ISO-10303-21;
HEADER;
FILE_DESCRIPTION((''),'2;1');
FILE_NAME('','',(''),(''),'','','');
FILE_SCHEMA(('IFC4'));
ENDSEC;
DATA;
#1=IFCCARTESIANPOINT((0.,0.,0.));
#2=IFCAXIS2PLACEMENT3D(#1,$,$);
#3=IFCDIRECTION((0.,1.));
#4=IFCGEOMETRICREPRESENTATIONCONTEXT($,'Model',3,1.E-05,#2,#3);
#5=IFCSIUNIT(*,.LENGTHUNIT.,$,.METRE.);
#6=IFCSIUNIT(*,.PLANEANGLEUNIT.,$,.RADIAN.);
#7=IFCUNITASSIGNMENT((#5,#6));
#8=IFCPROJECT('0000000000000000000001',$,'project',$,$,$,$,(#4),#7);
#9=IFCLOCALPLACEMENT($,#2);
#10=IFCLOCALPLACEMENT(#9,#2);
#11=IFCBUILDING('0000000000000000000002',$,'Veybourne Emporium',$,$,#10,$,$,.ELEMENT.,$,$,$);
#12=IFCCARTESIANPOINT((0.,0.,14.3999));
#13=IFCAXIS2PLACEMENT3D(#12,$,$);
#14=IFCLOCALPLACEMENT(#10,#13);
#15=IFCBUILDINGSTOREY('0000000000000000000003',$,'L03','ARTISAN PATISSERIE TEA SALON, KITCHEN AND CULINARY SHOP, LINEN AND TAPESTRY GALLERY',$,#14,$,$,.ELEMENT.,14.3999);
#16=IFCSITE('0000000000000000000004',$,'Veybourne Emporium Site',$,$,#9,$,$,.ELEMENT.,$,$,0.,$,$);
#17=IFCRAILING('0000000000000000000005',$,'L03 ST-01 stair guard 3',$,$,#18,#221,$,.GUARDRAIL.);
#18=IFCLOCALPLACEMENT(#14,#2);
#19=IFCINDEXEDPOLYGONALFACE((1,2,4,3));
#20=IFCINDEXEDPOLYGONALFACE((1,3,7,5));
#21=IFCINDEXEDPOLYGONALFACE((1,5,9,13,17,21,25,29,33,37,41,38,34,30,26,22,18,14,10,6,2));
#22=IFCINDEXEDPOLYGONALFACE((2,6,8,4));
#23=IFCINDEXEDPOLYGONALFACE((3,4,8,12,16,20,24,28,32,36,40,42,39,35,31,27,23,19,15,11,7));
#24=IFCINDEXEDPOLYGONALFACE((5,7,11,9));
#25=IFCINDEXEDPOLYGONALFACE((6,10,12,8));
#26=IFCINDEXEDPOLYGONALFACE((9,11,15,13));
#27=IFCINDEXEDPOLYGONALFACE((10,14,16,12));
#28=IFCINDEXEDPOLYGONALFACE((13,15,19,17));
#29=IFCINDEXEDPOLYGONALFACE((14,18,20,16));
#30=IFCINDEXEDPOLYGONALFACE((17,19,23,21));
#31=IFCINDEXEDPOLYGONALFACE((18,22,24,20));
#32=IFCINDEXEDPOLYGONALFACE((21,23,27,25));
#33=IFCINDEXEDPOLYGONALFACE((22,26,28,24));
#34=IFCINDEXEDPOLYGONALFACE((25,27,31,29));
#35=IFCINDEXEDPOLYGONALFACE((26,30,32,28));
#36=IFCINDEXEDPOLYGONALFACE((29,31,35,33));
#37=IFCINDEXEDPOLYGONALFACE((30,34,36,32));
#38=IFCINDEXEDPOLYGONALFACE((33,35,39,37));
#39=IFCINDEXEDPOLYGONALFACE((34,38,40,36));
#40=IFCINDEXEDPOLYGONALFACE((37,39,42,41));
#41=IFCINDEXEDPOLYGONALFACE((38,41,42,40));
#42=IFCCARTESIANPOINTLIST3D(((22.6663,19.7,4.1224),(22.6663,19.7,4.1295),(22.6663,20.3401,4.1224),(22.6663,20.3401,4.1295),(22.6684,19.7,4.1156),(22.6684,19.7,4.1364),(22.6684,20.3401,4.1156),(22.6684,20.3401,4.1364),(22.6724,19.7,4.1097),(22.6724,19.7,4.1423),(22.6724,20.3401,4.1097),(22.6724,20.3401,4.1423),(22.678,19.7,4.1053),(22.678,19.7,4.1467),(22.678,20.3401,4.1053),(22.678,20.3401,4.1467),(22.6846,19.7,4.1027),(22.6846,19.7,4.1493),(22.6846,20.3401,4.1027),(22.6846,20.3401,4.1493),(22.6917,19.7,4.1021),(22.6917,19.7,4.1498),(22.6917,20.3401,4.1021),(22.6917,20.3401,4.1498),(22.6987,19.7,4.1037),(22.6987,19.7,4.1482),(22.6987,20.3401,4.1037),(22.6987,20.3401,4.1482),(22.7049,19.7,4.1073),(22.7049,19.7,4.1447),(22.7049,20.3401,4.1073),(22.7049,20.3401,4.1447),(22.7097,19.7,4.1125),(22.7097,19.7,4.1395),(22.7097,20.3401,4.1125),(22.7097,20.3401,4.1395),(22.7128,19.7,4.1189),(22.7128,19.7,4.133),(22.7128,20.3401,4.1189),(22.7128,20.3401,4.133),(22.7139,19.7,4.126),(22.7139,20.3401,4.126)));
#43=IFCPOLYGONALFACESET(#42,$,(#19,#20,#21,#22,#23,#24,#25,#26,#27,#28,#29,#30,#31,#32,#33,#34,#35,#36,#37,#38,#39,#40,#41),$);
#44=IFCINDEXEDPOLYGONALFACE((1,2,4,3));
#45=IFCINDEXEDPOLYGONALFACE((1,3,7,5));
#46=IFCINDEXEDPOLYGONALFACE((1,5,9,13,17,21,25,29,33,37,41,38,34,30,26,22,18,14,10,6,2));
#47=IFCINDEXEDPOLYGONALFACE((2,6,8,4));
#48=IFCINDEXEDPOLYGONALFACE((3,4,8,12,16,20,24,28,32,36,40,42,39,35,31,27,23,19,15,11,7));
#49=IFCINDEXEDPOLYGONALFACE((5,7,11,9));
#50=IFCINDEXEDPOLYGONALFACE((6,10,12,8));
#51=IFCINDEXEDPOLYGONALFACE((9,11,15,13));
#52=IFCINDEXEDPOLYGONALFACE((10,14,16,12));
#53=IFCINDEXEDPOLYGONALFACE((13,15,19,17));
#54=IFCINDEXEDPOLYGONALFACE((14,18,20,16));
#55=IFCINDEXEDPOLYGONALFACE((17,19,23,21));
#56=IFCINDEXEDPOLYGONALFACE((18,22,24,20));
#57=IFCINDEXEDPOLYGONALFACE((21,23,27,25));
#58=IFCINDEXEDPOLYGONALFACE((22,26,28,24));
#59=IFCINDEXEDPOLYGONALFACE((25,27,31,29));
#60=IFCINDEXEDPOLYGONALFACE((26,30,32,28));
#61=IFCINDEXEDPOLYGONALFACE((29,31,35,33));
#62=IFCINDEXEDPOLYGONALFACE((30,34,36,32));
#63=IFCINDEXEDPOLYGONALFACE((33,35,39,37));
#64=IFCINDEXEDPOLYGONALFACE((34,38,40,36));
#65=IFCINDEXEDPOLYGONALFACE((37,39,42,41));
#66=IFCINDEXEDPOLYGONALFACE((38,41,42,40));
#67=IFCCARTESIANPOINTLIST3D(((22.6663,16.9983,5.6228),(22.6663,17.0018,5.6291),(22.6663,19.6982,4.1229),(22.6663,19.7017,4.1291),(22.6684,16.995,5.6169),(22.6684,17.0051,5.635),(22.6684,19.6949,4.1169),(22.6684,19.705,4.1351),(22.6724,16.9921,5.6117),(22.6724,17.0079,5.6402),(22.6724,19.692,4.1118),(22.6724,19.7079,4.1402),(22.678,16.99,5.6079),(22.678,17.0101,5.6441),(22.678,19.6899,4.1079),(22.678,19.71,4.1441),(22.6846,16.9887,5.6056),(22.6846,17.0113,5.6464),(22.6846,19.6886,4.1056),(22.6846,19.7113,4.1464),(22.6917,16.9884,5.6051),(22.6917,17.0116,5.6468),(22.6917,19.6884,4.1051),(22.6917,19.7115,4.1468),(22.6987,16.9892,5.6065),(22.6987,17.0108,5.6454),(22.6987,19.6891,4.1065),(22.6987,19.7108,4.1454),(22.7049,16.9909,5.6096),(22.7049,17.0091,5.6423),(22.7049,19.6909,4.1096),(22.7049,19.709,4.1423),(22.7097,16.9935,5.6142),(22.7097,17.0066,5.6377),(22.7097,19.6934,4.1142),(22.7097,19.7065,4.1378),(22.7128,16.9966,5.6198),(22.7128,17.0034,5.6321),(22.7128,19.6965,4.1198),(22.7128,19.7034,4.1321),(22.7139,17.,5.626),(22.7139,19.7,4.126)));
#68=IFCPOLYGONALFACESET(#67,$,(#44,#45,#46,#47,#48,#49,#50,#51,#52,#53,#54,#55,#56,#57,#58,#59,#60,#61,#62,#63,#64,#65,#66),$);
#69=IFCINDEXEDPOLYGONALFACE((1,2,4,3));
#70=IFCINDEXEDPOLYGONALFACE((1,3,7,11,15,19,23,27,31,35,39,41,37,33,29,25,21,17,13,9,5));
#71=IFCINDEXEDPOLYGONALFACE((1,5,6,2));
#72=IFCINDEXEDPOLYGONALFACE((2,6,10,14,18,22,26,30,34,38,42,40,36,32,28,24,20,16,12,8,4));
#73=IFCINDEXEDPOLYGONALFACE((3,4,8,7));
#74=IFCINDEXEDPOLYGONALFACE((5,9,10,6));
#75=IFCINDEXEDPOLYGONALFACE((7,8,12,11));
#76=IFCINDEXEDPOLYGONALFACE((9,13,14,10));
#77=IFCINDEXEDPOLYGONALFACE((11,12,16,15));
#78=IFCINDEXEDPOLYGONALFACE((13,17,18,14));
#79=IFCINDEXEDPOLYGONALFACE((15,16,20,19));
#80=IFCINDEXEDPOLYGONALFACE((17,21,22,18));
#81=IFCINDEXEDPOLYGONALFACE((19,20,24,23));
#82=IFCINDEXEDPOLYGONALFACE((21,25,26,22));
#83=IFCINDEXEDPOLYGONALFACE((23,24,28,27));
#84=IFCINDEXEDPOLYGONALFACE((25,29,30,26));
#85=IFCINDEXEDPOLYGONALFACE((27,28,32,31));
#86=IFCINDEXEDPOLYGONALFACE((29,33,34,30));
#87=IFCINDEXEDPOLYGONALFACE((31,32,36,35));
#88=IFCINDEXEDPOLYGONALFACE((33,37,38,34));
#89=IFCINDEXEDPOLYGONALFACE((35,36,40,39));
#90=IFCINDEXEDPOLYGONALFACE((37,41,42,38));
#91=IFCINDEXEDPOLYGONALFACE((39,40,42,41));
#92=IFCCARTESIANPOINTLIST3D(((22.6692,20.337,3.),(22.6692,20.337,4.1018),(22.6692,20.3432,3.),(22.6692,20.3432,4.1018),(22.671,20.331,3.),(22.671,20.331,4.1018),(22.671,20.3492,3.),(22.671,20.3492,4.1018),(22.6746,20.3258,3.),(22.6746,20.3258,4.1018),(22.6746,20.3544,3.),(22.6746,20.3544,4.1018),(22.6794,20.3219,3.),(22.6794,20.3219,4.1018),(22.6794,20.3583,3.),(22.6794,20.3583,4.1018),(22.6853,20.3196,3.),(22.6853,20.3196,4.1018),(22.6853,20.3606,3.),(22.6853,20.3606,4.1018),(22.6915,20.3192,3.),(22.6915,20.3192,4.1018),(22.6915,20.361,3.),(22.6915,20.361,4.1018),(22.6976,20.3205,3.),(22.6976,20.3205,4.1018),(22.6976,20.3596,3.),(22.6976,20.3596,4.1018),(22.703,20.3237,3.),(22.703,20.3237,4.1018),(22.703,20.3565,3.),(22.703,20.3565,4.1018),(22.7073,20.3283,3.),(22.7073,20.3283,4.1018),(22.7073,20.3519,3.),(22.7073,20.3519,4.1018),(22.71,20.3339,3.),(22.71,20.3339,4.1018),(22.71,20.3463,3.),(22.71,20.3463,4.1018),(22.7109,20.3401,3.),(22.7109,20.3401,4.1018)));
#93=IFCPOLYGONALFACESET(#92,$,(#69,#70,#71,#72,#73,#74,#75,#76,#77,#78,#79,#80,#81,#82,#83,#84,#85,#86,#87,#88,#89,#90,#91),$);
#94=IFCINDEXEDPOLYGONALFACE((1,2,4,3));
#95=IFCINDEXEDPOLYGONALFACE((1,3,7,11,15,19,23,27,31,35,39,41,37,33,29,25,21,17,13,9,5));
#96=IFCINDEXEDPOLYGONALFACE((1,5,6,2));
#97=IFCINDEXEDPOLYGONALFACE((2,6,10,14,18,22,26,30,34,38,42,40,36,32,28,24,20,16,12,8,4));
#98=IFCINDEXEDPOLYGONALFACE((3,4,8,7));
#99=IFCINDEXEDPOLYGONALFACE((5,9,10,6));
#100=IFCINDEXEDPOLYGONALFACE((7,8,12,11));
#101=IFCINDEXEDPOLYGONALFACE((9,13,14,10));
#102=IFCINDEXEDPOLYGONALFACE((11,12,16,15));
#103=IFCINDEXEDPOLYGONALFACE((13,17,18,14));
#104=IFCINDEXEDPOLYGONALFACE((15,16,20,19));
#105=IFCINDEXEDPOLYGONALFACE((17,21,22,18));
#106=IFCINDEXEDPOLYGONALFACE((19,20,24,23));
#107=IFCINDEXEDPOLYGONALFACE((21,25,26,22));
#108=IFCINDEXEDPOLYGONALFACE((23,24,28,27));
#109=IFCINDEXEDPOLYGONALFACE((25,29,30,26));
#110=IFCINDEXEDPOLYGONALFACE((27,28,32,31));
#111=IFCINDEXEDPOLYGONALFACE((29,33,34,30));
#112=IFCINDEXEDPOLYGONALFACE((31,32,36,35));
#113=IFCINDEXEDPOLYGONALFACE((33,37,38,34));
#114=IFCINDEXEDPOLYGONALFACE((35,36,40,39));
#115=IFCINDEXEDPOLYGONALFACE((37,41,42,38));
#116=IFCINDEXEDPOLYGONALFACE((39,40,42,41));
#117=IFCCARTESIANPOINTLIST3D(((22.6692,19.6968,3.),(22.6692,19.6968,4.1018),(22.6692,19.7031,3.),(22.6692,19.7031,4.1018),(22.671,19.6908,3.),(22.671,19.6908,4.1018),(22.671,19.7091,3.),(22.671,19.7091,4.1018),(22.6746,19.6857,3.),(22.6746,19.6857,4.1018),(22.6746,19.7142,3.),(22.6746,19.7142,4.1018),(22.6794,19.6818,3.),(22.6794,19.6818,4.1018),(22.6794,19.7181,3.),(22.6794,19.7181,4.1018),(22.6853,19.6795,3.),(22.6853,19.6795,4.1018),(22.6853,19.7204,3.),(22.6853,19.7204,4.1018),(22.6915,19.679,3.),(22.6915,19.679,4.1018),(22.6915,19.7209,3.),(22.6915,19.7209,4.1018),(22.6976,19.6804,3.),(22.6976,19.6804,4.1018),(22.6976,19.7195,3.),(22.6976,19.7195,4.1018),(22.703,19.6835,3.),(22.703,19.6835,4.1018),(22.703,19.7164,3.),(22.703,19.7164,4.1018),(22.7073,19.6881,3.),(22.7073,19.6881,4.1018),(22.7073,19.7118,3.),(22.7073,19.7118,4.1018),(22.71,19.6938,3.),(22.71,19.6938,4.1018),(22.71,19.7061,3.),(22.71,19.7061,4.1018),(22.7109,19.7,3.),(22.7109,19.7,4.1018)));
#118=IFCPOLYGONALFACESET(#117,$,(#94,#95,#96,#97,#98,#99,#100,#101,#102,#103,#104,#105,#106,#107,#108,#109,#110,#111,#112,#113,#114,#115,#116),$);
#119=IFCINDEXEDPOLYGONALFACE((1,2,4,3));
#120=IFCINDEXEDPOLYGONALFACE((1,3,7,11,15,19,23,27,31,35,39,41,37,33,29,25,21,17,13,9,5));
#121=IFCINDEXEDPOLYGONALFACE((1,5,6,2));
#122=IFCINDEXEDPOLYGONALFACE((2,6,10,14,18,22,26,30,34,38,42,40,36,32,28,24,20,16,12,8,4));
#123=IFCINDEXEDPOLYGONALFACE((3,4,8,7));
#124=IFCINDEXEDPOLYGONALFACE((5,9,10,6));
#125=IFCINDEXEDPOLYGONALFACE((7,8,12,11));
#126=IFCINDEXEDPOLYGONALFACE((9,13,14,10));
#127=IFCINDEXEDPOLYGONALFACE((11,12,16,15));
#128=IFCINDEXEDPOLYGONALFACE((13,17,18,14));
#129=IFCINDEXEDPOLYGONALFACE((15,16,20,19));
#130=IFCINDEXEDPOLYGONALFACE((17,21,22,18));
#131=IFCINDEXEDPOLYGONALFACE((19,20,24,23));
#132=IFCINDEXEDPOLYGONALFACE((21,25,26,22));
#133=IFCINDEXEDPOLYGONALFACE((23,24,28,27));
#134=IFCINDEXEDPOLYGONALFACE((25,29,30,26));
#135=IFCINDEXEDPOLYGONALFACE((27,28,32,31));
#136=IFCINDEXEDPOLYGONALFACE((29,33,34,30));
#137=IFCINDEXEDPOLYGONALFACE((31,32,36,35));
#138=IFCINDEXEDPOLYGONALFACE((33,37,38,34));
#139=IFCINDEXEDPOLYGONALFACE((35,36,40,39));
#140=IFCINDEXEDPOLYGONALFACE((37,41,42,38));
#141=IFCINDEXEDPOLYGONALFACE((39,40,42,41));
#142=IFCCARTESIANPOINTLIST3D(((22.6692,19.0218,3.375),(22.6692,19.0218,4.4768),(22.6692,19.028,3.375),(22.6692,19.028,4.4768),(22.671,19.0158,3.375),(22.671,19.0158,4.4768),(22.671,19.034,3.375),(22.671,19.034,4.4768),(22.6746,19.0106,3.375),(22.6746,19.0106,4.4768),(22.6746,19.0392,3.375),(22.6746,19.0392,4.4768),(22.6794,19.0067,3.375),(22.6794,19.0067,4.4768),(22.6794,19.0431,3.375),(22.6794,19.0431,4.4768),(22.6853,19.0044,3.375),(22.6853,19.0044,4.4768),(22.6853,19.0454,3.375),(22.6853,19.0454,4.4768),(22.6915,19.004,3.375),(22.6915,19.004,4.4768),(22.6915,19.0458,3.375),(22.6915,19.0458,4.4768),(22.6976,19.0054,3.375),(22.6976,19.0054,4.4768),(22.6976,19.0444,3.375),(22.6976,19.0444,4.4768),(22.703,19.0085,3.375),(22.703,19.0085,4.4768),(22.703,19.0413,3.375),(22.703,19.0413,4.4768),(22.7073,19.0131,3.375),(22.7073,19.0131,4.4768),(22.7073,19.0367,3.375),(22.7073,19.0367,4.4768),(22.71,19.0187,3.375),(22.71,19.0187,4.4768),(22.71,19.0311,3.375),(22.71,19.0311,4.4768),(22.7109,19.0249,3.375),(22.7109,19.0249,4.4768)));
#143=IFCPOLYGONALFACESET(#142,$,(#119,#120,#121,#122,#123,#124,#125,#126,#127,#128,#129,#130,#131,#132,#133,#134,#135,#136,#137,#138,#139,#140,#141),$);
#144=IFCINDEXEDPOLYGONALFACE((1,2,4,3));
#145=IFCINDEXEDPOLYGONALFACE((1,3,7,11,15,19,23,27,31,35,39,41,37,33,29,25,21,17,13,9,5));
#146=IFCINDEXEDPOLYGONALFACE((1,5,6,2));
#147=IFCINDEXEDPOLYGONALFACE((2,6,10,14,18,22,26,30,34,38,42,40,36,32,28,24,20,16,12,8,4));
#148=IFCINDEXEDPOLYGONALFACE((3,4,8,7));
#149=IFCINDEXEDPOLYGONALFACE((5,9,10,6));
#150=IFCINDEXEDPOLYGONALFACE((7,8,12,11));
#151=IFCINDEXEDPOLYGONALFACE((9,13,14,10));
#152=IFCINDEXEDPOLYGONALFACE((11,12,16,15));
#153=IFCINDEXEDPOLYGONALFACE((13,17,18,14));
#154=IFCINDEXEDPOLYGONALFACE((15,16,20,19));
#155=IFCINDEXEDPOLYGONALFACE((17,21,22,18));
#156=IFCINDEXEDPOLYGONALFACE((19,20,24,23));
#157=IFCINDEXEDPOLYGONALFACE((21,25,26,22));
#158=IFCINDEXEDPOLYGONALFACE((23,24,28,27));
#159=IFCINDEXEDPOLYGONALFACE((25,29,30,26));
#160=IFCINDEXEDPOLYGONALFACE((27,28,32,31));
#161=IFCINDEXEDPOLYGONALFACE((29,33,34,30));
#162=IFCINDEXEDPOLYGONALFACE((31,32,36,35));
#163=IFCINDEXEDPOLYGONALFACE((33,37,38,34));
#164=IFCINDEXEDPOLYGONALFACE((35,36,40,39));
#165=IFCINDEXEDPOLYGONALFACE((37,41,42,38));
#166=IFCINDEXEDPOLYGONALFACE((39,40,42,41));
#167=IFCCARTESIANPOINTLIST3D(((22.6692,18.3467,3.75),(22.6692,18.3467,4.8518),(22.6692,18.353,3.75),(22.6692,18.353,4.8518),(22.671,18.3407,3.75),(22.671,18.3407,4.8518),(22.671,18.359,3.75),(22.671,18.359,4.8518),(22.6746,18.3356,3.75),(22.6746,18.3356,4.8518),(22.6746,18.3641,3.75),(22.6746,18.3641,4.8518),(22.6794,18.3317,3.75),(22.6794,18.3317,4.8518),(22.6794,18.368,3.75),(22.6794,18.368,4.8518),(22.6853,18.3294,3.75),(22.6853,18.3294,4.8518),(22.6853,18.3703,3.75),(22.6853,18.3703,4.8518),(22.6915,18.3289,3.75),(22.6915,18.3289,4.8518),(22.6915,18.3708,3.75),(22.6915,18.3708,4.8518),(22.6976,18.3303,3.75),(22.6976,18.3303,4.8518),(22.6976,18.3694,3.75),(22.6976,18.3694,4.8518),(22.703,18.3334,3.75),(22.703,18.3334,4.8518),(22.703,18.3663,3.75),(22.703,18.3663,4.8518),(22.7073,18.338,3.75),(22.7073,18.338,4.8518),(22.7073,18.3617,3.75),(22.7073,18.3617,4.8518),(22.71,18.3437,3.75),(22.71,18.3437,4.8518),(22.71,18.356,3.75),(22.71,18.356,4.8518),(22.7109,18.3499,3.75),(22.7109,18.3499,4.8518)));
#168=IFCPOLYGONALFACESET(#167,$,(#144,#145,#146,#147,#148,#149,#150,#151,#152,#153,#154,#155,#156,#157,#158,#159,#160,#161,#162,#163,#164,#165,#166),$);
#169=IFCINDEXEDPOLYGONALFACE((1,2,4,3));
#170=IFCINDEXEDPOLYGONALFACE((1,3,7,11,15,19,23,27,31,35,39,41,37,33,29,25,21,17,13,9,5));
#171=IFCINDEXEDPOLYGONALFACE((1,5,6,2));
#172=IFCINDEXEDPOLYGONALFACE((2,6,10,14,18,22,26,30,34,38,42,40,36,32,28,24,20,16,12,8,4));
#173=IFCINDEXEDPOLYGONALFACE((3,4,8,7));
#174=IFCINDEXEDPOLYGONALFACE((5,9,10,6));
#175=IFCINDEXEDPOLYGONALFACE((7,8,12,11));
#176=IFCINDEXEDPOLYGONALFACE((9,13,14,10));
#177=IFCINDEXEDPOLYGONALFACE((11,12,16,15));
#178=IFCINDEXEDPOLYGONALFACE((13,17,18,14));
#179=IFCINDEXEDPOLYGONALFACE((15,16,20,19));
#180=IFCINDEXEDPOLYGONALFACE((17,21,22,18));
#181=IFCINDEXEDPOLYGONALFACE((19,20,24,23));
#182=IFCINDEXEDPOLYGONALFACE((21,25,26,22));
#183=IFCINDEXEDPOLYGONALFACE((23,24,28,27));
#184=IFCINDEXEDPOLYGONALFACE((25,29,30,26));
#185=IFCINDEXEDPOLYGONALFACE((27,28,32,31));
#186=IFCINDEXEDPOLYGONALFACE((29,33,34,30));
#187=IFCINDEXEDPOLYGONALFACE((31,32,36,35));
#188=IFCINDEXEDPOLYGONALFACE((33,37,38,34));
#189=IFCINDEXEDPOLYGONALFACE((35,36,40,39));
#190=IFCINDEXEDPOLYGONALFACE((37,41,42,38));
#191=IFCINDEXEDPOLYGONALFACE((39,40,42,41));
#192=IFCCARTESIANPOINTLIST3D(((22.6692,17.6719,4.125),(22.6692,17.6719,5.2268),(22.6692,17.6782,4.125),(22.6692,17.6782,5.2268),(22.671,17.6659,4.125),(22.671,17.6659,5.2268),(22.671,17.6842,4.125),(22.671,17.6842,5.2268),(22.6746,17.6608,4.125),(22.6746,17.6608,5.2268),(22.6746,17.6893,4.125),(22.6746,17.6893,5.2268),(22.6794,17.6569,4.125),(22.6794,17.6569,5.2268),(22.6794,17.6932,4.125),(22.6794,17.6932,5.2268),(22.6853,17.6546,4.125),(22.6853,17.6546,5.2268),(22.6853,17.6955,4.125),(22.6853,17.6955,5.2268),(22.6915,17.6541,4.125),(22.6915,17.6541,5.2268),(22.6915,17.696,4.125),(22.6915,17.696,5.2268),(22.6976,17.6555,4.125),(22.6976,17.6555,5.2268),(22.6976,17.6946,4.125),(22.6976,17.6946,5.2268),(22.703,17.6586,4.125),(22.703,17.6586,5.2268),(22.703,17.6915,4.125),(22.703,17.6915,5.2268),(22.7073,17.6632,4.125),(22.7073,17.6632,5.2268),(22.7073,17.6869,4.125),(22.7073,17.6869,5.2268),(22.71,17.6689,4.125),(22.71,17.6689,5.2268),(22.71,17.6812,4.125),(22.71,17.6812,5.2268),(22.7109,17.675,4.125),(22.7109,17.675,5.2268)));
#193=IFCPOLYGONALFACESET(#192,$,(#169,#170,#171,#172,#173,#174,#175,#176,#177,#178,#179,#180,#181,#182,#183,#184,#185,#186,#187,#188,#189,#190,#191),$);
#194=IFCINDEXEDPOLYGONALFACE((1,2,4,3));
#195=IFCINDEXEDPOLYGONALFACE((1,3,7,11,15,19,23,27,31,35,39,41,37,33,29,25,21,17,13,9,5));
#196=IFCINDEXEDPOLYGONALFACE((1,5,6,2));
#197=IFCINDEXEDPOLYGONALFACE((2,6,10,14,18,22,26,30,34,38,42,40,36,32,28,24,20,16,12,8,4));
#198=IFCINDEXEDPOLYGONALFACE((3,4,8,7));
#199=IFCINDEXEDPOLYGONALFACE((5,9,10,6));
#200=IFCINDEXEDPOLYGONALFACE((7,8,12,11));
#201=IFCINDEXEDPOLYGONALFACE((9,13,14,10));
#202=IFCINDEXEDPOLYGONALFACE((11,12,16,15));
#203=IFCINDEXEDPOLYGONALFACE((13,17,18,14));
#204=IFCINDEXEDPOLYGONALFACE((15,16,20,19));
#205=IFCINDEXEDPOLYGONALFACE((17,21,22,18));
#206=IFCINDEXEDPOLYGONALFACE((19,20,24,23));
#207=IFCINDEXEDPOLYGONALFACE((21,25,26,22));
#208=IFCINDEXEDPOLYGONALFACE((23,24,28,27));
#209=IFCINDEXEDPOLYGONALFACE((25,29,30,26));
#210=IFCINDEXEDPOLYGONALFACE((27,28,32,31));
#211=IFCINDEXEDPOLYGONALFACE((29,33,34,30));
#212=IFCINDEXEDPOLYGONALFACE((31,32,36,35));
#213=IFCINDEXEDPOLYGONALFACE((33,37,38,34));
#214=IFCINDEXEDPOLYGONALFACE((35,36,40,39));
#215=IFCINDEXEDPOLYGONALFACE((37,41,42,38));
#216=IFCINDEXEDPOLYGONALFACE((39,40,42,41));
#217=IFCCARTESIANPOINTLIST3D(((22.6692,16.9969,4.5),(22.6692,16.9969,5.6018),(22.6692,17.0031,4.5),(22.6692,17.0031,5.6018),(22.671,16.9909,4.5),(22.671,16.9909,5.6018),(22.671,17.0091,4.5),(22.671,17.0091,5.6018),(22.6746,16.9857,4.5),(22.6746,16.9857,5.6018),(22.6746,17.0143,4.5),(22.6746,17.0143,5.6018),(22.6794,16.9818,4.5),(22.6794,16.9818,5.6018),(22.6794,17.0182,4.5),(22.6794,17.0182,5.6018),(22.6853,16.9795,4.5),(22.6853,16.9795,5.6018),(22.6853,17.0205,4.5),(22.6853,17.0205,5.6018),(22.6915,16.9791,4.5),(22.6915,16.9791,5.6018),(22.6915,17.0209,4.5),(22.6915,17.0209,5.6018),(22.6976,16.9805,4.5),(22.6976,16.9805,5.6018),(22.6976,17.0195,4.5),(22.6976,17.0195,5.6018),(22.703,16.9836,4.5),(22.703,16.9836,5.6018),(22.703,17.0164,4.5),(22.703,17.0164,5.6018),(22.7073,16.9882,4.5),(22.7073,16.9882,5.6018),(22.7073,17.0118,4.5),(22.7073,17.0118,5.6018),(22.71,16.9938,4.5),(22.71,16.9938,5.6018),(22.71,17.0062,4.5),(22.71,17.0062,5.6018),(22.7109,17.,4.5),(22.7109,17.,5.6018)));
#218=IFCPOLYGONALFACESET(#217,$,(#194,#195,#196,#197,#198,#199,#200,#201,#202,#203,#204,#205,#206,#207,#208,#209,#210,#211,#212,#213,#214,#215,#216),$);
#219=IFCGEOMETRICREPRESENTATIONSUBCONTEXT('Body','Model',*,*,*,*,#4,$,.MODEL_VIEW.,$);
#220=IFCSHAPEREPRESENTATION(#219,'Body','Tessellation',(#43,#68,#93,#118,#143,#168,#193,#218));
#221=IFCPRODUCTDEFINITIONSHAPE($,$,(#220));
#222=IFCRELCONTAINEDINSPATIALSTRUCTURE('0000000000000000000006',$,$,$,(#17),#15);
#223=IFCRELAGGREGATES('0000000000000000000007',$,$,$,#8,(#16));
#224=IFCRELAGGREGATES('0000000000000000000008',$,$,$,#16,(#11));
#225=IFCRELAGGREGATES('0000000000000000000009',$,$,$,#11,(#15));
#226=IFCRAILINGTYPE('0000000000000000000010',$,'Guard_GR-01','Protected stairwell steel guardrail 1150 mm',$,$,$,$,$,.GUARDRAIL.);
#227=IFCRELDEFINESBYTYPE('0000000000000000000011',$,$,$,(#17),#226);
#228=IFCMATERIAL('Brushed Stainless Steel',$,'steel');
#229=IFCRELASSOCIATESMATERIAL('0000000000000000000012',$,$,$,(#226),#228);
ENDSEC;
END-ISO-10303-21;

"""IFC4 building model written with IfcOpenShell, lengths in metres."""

from ifc_helpers import new_model, si_unit, direction, frame, origin, origin_2d, place, context, subcontext, project, spatial, circle, extrude, material, type_object, element, save


model = new_model("IFC4")

# Units and contexts
model_context = context("Model", 3, precision=1e-05, world=origin(), true_north=direction((0.0, 1.0)))
body_context = subcontext(model_context, "Body", "Model", "MODEL_VIEW")
ifc_project = project(units=[si_unit("LENGTHUNIT", "METRE"), si_unit("PLANEANGLEUNIT", "RADIAN")], contexts=[model_context])

# Site, building, storey
site_placement = place(None, origin())
site = spatial("IfcSite", under=ifc_project, at=site_placement, Name="Veybourne Emporium Site", CompositionType="ELEMENT", RefElevation=0.0)
building_placement = place(site_placement, origin())
building = spatial("IfcBuilding", under=site, at=building_placement, Name="Veybourne Emporium", CompositionType="ELEMENT")
storey_placement = place(building_placement, frame((0.0, 0.0, 14.3999)))
storey = spatial("IfcBuildingStorey", under=building, at=storey_placement, Name="L03", Description="ARTISAN PATISSERIE TEA SALON, KITCHEN AND CULINARY SHOP, LINEN AND TAPESTRY GALLERY", CompositionType="ELEMENT", Elevation=14.3999)

# Railing
ifc_material_1 = material(Name="Brushed Stainless Steel", Category="steel")
railing_type_1 = type_object("IfcRailingType", Name="Guard_GR-01", Description="Protected stairwell steel guardrail 1150 mm", PredefinedType="GUARDRAIL", material=ifc_material_1)
railing_1_placement = place(storey_placement, frame((22.6899, 20.3401, 3.0)))
element("IfcRailing", 1, at=railing_1_placement, inside=storey, type_object=railing_type_1, Name="L03 ST-01 stair guard 3", PredefinedType="GUARDRAIL", context=body_context, shape_type="SweptSolid", body=[
    extrude(circle(Radius=0.0239, at=origin_2d()), frame((0.0, 0.0, 1.126), z_axis=(0.0, -1.0, 0.0), x_axis=(1.0, 0.0, 0.0)), (0.0, 0.0, 1.0), 0.6401),
    extrude(circle(Radius=0.0239, at=origin_2d()), frame((0.0, -0.6401, 1.126), z_axis=(0.0, -0.874154, 0.48565), x_axis=(1.0, 0.0, 0.0)), (0.0, 0.0, 1.0), 3.0886),
    extrude(circle(Radius=0.021, at=origin_2d()), origin(), (0.0, 0.0, 1.0), 1.1018),
    extrude(circle(Radius=0.021, at=origin_2d()), frame((0.0, -0.6401, 0.0)), (0.0, 0.0, 1.0), 1.1018),
    extrude(circle(Radius=0.021, at=origin_2d()), frame((0.0, -1.3152, 0.375)), (0.0, 0.0, 1.0), 1.1018),
    extrude(circle(Radius=0.021, at=origin_2d()), frame((0.0, -1.9902, 0.75)), (0.0, 0.0, 1.0), 1.1018),
    extrude(circle(Radius=0.021, at=origin_2d()), frame((0.0, -2.665, 1.125)), (0.0, 0.0, 1.0), 1.1018),
    extrude(circle(Radius=0.021, at=origin_2d()), frame((0.0, -3.3401, 1.5)), (0.0, 0.0, 1.0), 1.1018),
])

save(model, "model.ifc")
